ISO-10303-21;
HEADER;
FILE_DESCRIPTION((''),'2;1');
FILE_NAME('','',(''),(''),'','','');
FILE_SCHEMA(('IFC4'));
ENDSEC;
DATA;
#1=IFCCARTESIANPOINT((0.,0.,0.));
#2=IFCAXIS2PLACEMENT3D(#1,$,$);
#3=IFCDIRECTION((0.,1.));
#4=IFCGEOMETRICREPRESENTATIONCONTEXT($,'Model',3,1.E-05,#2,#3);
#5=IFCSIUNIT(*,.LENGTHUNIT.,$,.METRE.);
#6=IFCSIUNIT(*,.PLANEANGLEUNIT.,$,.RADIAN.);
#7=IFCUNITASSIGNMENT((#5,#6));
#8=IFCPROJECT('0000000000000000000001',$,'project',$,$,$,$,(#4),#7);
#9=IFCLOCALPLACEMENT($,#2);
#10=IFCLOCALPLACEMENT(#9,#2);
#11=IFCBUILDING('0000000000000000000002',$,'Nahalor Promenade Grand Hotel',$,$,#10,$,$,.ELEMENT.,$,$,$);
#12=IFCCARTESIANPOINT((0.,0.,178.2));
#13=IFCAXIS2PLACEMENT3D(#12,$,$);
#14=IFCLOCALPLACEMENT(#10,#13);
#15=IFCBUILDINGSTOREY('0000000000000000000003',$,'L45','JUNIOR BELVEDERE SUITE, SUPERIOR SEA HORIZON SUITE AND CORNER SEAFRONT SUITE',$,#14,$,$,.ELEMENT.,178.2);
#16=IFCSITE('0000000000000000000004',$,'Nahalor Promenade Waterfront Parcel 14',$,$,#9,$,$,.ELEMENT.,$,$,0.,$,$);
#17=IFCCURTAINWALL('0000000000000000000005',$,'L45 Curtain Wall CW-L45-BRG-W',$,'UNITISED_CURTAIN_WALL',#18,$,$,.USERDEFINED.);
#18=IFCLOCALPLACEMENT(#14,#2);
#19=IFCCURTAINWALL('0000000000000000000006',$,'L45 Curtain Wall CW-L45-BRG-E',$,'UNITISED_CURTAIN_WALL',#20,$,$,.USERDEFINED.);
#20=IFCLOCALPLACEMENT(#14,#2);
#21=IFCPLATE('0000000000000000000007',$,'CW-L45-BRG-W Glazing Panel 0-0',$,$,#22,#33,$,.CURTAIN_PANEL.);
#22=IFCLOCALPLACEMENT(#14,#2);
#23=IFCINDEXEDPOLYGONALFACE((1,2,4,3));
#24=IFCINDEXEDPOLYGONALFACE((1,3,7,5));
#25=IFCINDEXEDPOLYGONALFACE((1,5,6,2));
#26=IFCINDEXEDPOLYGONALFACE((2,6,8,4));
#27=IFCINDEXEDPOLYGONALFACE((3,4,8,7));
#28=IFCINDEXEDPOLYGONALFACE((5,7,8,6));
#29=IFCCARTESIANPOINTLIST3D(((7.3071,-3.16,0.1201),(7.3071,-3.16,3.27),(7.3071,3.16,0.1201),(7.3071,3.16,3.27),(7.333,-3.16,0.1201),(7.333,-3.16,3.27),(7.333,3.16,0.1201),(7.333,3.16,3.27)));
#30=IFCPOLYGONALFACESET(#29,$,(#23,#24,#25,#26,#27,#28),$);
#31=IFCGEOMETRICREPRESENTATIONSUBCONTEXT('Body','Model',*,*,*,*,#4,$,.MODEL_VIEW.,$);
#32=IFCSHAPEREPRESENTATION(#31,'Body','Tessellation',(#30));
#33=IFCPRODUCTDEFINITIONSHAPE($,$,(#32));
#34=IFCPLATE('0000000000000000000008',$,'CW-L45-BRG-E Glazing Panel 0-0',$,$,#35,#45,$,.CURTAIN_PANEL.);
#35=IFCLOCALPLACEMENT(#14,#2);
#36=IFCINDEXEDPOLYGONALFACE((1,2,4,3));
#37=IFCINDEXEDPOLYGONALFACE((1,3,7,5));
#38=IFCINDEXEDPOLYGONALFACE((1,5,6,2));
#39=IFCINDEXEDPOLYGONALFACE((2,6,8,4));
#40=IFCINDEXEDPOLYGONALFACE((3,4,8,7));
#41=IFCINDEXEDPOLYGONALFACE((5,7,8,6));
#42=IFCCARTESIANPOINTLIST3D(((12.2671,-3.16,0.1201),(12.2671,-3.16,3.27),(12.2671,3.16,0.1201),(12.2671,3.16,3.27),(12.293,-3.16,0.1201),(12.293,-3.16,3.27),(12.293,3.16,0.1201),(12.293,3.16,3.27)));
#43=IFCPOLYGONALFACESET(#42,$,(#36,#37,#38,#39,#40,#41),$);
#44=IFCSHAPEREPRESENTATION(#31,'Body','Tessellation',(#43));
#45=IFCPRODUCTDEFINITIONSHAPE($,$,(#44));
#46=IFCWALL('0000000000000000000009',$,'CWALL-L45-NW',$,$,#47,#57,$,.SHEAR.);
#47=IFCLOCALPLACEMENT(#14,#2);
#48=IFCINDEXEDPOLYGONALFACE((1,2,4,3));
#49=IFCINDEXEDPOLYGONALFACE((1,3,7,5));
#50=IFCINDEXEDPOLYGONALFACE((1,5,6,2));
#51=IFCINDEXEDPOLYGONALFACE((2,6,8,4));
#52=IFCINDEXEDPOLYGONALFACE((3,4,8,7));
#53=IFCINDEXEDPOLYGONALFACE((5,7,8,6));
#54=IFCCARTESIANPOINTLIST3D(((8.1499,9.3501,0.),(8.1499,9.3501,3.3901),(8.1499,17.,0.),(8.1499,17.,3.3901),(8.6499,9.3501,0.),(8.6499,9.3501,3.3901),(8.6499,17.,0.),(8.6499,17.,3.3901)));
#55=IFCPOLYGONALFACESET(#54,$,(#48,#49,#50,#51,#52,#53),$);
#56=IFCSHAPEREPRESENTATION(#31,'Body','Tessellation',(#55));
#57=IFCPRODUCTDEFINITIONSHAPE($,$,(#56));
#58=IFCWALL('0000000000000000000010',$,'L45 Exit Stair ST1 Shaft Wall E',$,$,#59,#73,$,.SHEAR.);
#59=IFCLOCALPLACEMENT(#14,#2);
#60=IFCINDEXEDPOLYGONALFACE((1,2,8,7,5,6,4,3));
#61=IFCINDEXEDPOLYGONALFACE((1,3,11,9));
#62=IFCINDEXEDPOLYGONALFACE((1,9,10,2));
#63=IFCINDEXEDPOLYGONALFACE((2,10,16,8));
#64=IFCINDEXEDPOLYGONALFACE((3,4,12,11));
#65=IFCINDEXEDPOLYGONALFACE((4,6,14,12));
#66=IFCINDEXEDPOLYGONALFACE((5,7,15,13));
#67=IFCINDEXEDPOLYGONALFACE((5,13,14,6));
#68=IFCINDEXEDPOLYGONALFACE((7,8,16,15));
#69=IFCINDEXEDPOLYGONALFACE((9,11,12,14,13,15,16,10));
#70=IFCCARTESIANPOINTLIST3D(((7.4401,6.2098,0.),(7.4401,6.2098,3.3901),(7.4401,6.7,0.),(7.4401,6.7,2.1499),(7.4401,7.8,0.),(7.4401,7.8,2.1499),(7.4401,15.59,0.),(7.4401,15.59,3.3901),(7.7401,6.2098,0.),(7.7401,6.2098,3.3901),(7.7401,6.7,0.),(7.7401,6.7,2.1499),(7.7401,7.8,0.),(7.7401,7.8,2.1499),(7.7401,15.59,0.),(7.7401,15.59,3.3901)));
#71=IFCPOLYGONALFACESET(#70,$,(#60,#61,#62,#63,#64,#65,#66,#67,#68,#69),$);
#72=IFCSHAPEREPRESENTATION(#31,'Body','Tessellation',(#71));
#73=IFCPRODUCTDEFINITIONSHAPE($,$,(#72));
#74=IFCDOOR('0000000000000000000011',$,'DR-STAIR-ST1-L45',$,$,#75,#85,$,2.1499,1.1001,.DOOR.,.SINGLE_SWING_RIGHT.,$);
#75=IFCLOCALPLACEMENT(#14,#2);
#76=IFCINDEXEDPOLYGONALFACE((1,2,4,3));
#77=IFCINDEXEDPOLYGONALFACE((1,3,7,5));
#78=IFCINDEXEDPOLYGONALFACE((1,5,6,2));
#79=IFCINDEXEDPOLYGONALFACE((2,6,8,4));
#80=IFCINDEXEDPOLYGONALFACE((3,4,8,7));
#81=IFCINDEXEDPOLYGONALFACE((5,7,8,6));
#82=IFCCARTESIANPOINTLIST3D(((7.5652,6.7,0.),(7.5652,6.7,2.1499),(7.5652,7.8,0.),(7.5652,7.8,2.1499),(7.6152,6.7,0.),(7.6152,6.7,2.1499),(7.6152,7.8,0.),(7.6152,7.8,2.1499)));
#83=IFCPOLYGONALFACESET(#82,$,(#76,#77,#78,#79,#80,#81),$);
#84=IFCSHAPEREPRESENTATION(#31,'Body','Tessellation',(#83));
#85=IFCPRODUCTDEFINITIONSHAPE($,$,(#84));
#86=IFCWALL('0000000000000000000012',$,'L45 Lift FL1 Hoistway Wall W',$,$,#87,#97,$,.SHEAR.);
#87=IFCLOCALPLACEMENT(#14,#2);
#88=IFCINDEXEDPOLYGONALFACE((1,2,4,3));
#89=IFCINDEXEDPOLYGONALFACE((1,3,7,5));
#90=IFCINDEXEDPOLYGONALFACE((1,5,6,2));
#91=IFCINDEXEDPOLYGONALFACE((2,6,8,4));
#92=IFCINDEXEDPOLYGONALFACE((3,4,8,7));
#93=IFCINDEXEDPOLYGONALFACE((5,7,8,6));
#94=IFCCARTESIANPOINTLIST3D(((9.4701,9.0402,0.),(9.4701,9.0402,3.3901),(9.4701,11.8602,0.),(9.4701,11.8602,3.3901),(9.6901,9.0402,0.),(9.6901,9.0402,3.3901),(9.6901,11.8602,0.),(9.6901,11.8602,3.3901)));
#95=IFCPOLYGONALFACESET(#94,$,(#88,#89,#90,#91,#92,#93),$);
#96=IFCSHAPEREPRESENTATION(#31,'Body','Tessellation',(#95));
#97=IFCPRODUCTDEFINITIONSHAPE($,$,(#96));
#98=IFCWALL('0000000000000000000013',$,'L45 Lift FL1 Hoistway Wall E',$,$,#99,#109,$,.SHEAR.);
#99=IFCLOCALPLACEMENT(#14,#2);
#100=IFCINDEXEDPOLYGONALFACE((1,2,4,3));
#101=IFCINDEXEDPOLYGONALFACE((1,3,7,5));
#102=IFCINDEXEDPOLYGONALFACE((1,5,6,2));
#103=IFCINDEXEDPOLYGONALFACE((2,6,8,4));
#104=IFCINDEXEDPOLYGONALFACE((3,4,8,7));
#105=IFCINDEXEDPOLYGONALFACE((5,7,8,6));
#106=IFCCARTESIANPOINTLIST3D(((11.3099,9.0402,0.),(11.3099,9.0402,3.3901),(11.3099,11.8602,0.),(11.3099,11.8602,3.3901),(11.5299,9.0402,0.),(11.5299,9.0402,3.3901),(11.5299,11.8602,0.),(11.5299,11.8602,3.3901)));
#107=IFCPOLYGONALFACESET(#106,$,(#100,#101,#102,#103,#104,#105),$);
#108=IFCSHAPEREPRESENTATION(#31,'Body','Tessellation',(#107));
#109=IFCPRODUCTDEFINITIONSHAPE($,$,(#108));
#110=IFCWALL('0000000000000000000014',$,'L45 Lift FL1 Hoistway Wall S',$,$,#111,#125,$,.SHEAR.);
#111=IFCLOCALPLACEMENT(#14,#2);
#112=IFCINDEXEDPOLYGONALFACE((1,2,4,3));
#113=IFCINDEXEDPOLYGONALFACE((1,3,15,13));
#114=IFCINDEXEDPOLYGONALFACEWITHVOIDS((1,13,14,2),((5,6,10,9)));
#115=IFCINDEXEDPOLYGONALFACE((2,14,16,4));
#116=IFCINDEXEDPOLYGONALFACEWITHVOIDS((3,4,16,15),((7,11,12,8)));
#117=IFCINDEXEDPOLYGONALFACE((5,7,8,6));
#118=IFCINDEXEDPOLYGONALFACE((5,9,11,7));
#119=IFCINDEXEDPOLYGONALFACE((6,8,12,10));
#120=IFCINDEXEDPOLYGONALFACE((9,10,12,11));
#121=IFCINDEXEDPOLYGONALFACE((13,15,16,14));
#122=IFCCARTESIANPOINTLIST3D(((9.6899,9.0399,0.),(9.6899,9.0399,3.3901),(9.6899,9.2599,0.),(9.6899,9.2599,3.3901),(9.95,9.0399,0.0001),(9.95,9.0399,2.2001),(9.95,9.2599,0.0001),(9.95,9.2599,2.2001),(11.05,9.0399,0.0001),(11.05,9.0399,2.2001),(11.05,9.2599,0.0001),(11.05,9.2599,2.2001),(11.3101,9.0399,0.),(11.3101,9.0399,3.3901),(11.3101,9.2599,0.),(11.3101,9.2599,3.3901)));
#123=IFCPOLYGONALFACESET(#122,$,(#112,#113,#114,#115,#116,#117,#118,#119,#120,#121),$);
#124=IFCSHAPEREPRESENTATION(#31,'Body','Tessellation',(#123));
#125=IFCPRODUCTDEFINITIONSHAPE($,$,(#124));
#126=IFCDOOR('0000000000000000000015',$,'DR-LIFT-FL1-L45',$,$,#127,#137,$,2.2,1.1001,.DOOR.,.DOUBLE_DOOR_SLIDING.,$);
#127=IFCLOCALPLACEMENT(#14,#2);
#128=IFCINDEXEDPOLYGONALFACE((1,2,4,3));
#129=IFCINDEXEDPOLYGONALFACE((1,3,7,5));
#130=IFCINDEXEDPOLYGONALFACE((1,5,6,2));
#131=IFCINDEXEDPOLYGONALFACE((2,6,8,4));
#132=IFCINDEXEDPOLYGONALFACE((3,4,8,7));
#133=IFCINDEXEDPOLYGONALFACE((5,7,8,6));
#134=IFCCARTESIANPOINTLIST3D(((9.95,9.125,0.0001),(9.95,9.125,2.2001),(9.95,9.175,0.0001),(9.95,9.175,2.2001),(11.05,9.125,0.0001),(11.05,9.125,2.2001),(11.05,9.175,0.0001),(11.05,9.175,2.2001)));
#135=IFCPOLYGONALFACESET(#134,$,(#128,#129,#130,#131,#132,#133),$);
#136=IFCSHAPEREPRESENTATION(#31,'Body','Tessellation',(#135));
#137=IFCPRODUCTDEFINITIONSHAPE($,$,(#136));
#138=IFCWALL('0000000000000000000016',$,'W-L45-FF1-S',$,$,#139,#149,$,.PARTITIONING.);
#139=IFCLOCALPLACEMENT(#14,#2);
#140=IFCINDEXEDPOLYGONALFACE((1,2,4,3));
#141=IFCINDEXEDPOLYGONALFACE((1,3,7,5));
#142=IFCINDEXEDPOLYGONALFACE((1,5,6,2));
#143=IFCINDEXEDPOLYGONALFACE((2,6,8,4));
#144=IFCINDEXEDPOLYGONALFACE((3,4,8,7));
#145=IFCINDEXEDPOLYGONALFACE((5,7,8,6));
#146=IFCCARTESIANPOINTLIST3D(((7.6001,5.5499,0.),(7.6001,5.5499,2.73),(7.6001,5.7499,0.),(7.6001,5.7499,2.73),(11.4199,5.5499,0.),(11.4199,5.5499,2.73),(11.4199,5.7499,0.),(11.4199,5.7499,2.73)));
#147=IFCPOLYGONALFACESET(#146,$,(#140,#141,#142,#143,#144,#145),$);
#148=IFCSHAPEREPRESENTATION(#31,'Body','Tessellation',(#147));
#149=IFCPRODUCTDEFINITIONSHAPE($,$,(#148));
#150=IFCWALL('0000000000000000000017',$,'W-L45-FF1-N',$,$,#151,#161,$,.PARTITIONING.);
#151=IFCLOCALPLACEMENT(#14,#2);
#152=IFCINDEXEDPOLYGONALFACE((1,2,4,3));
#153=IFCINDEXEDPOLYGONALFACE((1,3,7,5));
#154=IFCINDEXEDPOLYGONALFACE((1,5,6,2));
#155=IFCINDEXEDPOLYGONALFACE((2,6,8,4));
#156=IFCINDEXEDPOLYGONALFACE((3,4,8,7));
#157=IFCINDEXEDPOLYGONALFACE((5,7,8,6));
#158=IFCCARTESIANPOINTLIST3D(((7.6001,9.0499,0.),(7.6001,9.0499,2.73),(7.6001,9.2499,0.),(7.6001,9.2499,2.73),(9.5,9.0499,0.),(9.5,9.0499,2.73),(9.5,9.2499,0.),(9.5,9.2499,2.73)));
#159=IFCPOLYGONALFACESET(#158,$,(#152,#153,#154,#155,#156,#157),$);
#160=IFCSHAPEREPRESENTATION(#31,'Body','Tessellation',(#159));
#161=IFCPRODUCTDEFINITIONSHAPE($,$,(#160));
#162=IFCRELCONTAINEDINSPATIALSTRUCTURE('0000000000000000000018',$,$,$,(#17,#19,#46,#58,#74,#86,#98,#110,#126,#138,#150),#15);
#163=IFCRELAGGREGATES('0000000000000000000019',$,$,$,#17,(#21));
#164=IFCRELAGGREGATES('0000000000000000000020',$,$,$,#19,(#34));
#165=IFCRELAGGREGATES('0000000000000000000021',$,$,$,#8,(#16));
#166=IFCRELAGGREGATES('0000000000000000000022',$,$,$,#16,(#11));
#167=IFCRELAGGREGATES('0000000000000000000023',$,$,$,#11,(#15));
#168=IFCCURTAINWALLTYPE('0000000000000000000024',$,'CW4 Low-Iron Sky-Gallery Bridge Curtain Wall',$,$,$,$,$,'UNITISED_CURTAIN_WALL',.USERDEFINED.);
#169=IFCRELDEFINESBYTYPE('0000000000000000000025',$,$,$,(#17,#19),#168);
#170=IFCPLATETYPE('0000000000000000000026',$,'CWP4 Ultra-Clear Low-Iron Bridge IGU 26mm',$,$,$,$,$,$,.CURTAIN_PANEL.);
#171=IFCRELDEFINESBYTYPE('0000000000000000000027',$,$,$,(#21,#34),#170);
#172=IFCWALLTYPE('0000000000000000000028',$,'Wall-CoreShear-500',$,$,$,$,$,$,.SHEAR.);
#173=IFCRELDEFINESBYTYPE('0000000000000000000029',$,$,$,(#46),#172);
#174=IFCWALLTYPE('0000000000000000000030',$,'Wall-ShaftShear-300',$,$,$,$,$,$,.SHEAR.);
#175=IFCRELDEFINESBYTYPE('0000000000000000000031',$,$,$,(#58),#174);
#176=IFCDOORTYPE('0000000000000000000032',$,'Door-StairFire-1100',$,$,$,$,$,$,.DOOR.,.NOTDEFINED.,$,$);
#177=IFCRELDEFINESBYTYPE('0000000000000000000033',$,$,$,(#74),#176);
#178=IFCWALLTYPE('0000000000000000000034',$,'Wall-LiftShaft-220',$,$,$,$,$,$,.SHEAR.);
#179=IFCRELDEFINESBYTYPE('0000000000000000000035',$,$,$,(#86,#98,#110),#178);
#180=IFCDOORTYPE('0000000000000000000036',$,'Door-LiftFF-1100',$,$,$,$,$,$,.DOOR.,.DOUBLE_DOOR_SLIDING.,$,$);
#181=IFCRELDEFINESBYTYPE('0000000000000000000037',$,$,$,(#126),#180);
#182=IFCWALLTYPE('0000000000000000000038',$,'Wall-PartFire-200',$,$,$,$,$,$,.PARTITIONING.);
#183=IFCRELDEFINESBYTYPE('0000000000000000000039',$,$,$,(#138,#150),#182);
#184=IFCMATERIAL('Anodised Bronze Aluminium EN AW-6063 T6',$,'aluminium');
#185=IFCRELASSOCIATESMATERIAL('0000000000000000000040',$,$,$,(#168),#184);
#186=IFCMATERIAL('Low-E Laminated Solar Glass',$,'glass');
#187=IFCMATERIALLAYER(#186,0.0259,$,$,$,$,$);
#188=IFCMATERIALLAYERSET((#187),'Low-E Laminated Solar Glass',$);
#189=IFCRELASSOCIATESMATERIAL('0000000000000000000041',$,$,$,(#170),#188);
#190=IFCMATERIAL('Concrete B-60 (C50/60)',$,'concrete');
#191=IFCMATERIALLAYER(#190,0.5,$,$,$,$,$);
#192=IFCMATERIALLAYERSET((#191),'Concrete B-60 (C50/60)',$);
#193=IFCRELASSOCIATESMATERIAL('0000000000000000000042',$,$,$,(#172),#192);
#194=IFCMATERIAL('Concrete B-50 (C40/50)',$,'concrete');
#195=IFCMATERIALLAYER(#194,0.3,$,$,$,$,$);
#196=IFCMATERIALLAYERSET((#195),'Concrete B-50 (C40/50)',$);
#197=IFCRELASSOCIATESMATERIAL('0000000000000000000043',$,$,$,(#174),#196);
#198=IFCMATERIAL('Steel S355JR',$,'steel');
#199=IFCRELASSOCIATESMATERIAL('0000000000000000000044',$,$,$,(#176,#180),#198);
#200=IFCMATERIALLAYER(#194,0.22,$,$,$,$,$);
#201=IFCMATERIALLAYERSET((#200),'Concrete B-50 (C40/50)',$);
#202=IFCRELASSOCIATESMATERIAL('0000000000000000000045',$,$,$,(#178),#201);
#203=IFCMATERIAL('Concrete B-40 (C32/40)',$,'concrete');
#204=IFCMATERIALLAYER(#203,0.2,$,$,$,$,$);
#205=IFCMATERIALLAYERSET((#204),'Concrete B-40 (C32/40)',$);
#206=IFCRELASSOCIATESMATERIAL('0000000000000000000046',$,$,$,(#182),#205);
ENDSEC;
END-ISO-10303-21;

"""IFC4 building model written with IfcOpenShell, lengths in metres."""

from ifc_helpers import new_model, si_unit, direction, frame, frame_2d, origin, origin_2d, place, context, subcontext, project, spatial, rectangle, extrude, source, transform, mapped, material, layer, layer_set, type_object, element, fill, aggregate, save


model = new_model("IFC4")

# Units and contexts
model_context = context("Model", 3, precision=1e-05, world=origin(), true_north=direction((0.0, 1.0)))
body_context = subcontext(model_context, "Body", "Model", "MODEL_VIEW")
ifc_project = project(units=[si_unit("LENGTHUNIT", "METRE"), si_unit("PLANEANGLEUNIT", "RADIAN")], contexts=[model_context])

# Site, building, storey
site_placement = place(None, origin())
site = spatial("IfcSite", under=ifc_project, at=site_placement, Name="Nahalor Promenade Waterfront Parcel 14", CompositionType="ELEMENT", RefElevation=0.0)
building_placement = place(site_placement, origin())
building = spatial("IfcBuilding", under=site, at=building_placement, Name="Nahalor Promenade Grand Hotel", CompositionType="ELEMENT")
storey_placement = place(building_placement, frame((0.0, 0.0, 178.2)))
storey = spatial("IfcBuildingStorey", under=building, at=storey_placement, Name="L45", Description="JUNIOR BELVEDERE SUITE, SUPERIOR SEA HORIZON SUITE AND CORNER SEAFRONT SUITE", CompositionType="ELEMENT", Elevation=178.2)

# Shared definitions
ifc_material_1 = material(Name="Steel S355JR", Category="steel")

# Shared definitions
ifc_material_2 = material(Name="Anodised Bronze Aluminium EN AW-6063 T6", Category="aluminium")

# Curtain walls
curtain_wall_type_1 = type_object("IfcCurtainWallType", Name="CW4 Low-Iron Sky-Gallery Bridge Curtain Wall", ElementType="UNITISED_CURTAIN_WALL", PredefinedType="USERDEFINED", material=ifc_material_2)
curtain_wall_1_placement = place(storey_placement, origin())
curtain_wall_1 = element("IfcCurtainWall", 1, at=curtain_wall_1_placement, inside=storey, type_object=curtain_wall_type_1, Name="L45 Curtain Wall CW-L45-BRG-W", ObjectType="UNITISED_CURTAIN_WALL", PredefinedType="USERDEFINED")
curtain_wall_2_placement = place(storey_placement, origin())
curtain_wall_2 = element("IfcCurtainWall", 2, at=curtain_wall_2_placement, inside=storey, type_object=curtain_wall_type_1, Name="L45 Curtain Wall CW-L45-BRG-E", ObjectType="UNITISED_CURTAIN_WALL", PredefinedType="USERDEFINED")

# Plates
ifc_material_3 = material(Name="Low-E Laminated Solar Glass", Category="glass")
ifc_layer_1 = layer(ifc_material_3, 0.0259)
ifc_layer_set_1 = layer_set([ifc_layer_1], Name="Low-E Laminated Solar Glass")
plate_type = type_object("IfcPlateType", Name="CWP4 Ultra-Clear Low-Iron Bridge IGU 26mm", PredefinedType="CURTAIN_PANEL", material=ifc_layer_set_1)
shared_shape_1 = source(origin(), body_context, "Body", "SweptSolid", [
    extrude(rectangle(XDim=6.3201, YDim=0.0259, at=origin_2d()), origin(), (0.0, 0.0, 1.0), 3.1499),
])
plate_1_placement = place(storey_placement, frame((7.3201, 0.0, 0.1201), z_axis=(0.0, 0.0, 1.0), x_axis=(0.0, 1.0, 0.0)))
plate_1 = element("IfcPlate", 3, at=plate_1_placement, type_object=plate_type, Name="CW-L45-BRG-W Glazing Panel 0-0", PredefinedType="CURTAIN_PANEL", context=body_context, shape_type="MappedRepresentation", body=[
    mapped(shared_shape_1, transform((0.0, 0.0, 0.0), scale=1.0)),
])
aggregate(curtain_wall_1, [plate_1])
plate_2_placement = place(storey_placement, frame((12.28, 0.0, 0.1201), z_axis=(0.0, 0.0, 1.0), x_axis=(0.0, 1.0, 0.0)))
plate_2 = element("IfcPlate", 4, at=plate_2_placement, type_object=plate_type, Name="CW-L45-BRG-E Glazing Panel 0-0", PredefinedType="CURTAIN_PANEL", context=body_context, shape_type="MappedRepresentation", body=[
    mapped(shared_shape_1, transform((0.0, 0.0, 0.0), scale=1.0)),
])
aggregate(curtain_wall_2, [plate_2])

# Wall
ifc_material_4 = material(Name="Concrete B-60 (C50/60)", Category="concrete")
ifc_layer_2 = layer(ifc_material_4, 0.5)
ifc_layer_set_2 = layer_set([ifc_layer_2], Name="Concrete B-60 (C50/60)")
wall_type_1 = type_object("IfcWallType", Name="Wall-CoreShear-500", PredefinedType="SHEAR", material=ifc_layer_set_2)
shared_shape_2 = source(origin(), body_context, "Body", "SweptSolid", [
    extrude(rectangle(XDim=7.6499, YDim=0.5, at=frame_2d((3.825, 0.0))), origin(), (0.0, 0.0, 1.0), 3.3901),
])
wall_1_placement = place(storey_placement, frame((8.3999, 9.3501, 0.0), z_axis=(0.0, 0.0, 1.0), x_axis=(0.0, 1.0, 0.0)))
element("IfcWall", 5, at=wall_1_placement, inside=storey, type_object=wall_type_1, Name="CWALL-L45-NW", PredefinedType="SHEAR", context=body_context, shape_type="MappedRepresentation", body=[
    mapped(shared_shape_2, transform((0.0, 0.0, 0.0), scale=1.0)),
])

# Wall, opening, door
ifc_material_5 = material(Name="Concrete B-50 (C40/50)", Category="concrete")
ifc_layer_3 = layer(ifc_material_5, 0.3)
ifc_layer_set_3 = layer_set([ifc_layer_3], Name="Concrete B-50 (C40/50)")
wall_type_2 = type_object("IfcWallType", Name="Wall-ShaftShear-300", PredefinedType="SHEAR", material=ifc_layer_set_3)
shared_shape_3 = source(origin(), body_context, "Body", "SweptSolid", [
    extrude(rectangle(XDim=9.3801, YDim=0.3, at=frame_2d((4.6899, 0.0))), origin(), (0.0, 0.0, 1.0), 3.3901),
])
wall_2_placement = place(storey_placement, frame((7.5901, 6.21, 0.0), z_axis=(0.0, 0.0, 1.0), x_axis=(0.0, 1.0, 0.0)))
wall_2 = element("IfcWall", 6, at=wall_2_placement, inside=storey, type_object=wall_type_2, Name="L45 Exit Stair ST1 Shaft Wall E", PredefinedType="SHEAR", context=body_context, shape_type="MappedRepresentation", body=[
    mapped(shared_shape_3, transform((0.0, 0.0, 0.0), scale=1.0)),
])
opening_1_placement = place(wall_2_placement, frame((0.49, 0.0, 0.0)))
opening_1 = element("IfcOpeningElement", 7, at=opening_1_placement, cuts=wall_2, PredefinedType="OPENING", context=body_context, shape_type="SweptSolid", body=[
    extrude(rectangle(XDim=1.1001, YDim=2.1499, at=frame_2d((0.55, 1.075))), frame((0.0, 0.1599, 0.0), z_axis=(0.0, -1.0, 0.0), x_axis=(1.0, 0.0, 0.0)), (0.0, 0.0, 1.0), 0.3201),
])
door_type_1 = type_object("IfcDoorType", Name="Door-StairFire-1100", OperationType="NOTDEFINED", PredefinedType="DOOR", material=ifc_material_1)
shared_shape_4 = source(origin(), body_context, "Body", "SweptSolid", [
    extrude(rectangle(XDim=1.1001, YDim=2.1499, at=frame_2d((0.55, 1.075))), frame((0.0, 0.0249, 0.0), z_axis=(0.0, -1.0, 0.0), x_axis=(1.0, 0.0, 0.0)), (0.0, 0.0, 1.0), 0.05),
])
door_1_placement = place(opening_1_placement, origin())
door_1 = element("IfcDoor", 8, at=door_1_placement, inside=storey, type_object=door_type_1, Name="DR-STAIR-ST1-L45", OperationType="SINGLE_SWING_RIGHT", OverallHeight=2.1499, OverallWidth=1.1001, PredefinedType="DOOR", context=body_context, shape_type="MappedRepresentation", body=[
    mapped(shared_shape_4, transform((0.0, 0.0, 0.0), scale=1.0)),
])
fill(opening_1, door_1)

# Walls
ifc_layer_4 = layer(ifc_material_5, 0.22)
ifc_layer_set_4 = layer_set([ifc_layer_4], Name="Concrete B-50 (C40/50)")
wall_type_3 = type_object("IfcWallType", Name="Wall-LiftShaft-220", PredefinedType="SHEAR", material=ifc_layer_set_4)
shared_shape_5 = source(origin(), body_context, "Body", "SweptSolid", [
    extrude(rectangle(XDim=2.8201, YDim=0.22, at=frame_2d((1.4102, 0.0))), origin(), (0.0, 0.0, 1.0), 3.3901),
])
for number, where, z_axis, x_axis, name in (
    (9, (9.5801, 9.04, 0.0), (0.0, 0.0, 1.0), (0.0, 1.0, 0.0), "L45 Lift FL1 Hoistway Wall W"),
    (10, (11.4199, 9.04, 0.0), (0.0, 0.0, 1.0), (0.0, 1.0, 0.0), "L45 Lift FL1 Hoistway Wall E"),
):
    element("IfcWall", number, at=place(storey_placement, frame(where, z_axis=z_axis, x_axis=x_axis)), inside=storey, type_object=wall_type_3, Name=name, PredefinedType="SHEAR", context=body_context, shape_type="MappedRepresentation", body=[
        mapped(shared_shape_5, transform((0.0, 0.0, 0.0), scale=1.0)),
    ])

# Wall, opening, door
shared_shape_6 = source(origin(), body_context, "Body", "SweptSolid", [
    extrude(rectangle(XDim=1.6201, YDim=0.22, at=frame_2d((0.8101, 0.0))), origin(), (0.0, 0.0, 1.0), 3.3901),
])
wall_3_placement = place(storey_placement, frame((9.6899, 9.1499, 0.0), z_axis=(0.0, 0.0, 1.0), x_axis=(1.0, 0.0, 0.0)))
wall_3 = element("IfcWall", 11, at=wall_3_placement, inside=storey, type_object=wall_type_3, Name="L45 Lift FL1 Hoistway Wall S", PredefinedType="SHEAR", context=body_context, shape_type="MappedRepresentation", body=[
    mapped(shared_shape_6, transform((0.0, 0.0, 0.0), scale=1.0)),
])
opening_2_placement = place(wall_3_placement, frame((0.26, 0.0, 0.0)))
opening_2 = element("IfcOpeningElement", 12, at=opening_2_placement, cuts=wall_3, PredefinedType="OPENING", context=body_context, shape_type="SweptSolid", body=[
    extrude(rectangle(XDim=1.1001, YDim=2.2, at=frame_2d((0.55, 1.1001))), frame((0.0, 0.1199, 0.0), z_axis=(0.0, -1.0, 0.0), x_axis=(1.0, 0.0, 0.0)), (0.0, 0.0, 1.0), 0.24),
])
door_type_2 = type_object("IfcDoorType", Name="Door-LiftFF-1100", OperationType="DOUBLE_DOOR_SLIDING", PredefinedType="DOOR", material=ifc_material_1)
shared_shape_7 = source(origin(), body_context, "Body", "SweptSolid", [
    extrude(rectangle(XDim=1.1001, YDim=2.2, at=frame_2d((0.55, 1.1001))), frame((0.0, 0.0249, 0.0), z_axis=(0.0, -1.0, 0.0), x_axis=(1.0, 0.0, 0.0)), (0.0, 0.0, 1.0), 0.05),
])
door_2_placement = place(opening_2_placement, frame((1.1001, 0.0, 0.0), z_axis=(0.0, 0.0, 1.0), x_axis=(-1.0, 0.0, 0.0)))
door_2 = element("IfcDoor", 13, at=door_2_placement, inside=storey, type_object=door_type_2, Name="DR-LIFT-FL1-L45", OperationType="DOUBLE_DOOR_SLIDING", OverallHeight=2.2, OverallWidth=1.1001, PredefinedType="DOOR", context=body_context, shape_type="MappedRepresentation", body=[
    mapped(shared_shape_7, transform((0.0, 0.0, 0.0), scale=1.0)),
])
fill(opening_2, door_2)

# Walls
ifc_material_6 = material(Name="Concrete B-40 (C32/40)", Category="concrete")
ifc_layer_5 = layer(ifc_material_6, 0.2)
ifc_layer_set_5 = layer_set([ifc_layer_5], Name="Concrete B-40 (C32/40)")
wall_type_4 = type_object("IfcWallType", Name="Wall-PartFire-200", PredefinedType="PARTITIONING", material=ifc_layer_set_5)
shared_shape_8 = source(origin(), body_context, "Body", "SweptSolid", [
    extrude(rectangle(XDim=3.8198, YDim=0.2, at=frame_2d((1.9099, 0.0))), origin(), (0.0, 0.0, 1.0), 2.73),
])
wall_4_placement = place(storey_placement, frame((7.6001, 5.6499, 0.0), z_axis=(0.0, 0.0, 1.0), x_axis=(1.0, 0.0, 0.0)))
element("IfcWall", 14, at=wall_4_placement, inside=storey, type_object=wall_type_4, Name="W-L45-FF1-S", PredefinedType="PARTITIONING", context=body_context, shape_type="MappedRepresentation", body=[
    mapped(shared_shape_8, transform((0.0, 0.0, 0.0), scale=1.0)),
])
shared_shape_9 = source(origin(), body_context, "Body", "SweptSolid", [
    extrude(rectangle(XDim=1.8999, YDim=0.2, at=frame_2d((0.95, 0.0))), origin(), (0.0, 0.0, 1.0), 2.73),
])
wall_5_placement = place(storey_placement, frame((7.6001, 9.1499, 0.0), z_axis=(0.0, 0.0, 1.0), x_axis=(1.0, 0.0, 0.0)))
element("IfcWall", 15, at=wall_5_placement, inside=storey, type_object=wall_type_4, Name="W-L45-FF1-N", PredefinedType="PARTITIONING", context=body_context, shape_type="MappedRepresentation", body=[
    mapped(shared_shape_9, transform((0.0, 0.0, 0.0), scale=1.0)),
])

save(model, "model.ifc")
